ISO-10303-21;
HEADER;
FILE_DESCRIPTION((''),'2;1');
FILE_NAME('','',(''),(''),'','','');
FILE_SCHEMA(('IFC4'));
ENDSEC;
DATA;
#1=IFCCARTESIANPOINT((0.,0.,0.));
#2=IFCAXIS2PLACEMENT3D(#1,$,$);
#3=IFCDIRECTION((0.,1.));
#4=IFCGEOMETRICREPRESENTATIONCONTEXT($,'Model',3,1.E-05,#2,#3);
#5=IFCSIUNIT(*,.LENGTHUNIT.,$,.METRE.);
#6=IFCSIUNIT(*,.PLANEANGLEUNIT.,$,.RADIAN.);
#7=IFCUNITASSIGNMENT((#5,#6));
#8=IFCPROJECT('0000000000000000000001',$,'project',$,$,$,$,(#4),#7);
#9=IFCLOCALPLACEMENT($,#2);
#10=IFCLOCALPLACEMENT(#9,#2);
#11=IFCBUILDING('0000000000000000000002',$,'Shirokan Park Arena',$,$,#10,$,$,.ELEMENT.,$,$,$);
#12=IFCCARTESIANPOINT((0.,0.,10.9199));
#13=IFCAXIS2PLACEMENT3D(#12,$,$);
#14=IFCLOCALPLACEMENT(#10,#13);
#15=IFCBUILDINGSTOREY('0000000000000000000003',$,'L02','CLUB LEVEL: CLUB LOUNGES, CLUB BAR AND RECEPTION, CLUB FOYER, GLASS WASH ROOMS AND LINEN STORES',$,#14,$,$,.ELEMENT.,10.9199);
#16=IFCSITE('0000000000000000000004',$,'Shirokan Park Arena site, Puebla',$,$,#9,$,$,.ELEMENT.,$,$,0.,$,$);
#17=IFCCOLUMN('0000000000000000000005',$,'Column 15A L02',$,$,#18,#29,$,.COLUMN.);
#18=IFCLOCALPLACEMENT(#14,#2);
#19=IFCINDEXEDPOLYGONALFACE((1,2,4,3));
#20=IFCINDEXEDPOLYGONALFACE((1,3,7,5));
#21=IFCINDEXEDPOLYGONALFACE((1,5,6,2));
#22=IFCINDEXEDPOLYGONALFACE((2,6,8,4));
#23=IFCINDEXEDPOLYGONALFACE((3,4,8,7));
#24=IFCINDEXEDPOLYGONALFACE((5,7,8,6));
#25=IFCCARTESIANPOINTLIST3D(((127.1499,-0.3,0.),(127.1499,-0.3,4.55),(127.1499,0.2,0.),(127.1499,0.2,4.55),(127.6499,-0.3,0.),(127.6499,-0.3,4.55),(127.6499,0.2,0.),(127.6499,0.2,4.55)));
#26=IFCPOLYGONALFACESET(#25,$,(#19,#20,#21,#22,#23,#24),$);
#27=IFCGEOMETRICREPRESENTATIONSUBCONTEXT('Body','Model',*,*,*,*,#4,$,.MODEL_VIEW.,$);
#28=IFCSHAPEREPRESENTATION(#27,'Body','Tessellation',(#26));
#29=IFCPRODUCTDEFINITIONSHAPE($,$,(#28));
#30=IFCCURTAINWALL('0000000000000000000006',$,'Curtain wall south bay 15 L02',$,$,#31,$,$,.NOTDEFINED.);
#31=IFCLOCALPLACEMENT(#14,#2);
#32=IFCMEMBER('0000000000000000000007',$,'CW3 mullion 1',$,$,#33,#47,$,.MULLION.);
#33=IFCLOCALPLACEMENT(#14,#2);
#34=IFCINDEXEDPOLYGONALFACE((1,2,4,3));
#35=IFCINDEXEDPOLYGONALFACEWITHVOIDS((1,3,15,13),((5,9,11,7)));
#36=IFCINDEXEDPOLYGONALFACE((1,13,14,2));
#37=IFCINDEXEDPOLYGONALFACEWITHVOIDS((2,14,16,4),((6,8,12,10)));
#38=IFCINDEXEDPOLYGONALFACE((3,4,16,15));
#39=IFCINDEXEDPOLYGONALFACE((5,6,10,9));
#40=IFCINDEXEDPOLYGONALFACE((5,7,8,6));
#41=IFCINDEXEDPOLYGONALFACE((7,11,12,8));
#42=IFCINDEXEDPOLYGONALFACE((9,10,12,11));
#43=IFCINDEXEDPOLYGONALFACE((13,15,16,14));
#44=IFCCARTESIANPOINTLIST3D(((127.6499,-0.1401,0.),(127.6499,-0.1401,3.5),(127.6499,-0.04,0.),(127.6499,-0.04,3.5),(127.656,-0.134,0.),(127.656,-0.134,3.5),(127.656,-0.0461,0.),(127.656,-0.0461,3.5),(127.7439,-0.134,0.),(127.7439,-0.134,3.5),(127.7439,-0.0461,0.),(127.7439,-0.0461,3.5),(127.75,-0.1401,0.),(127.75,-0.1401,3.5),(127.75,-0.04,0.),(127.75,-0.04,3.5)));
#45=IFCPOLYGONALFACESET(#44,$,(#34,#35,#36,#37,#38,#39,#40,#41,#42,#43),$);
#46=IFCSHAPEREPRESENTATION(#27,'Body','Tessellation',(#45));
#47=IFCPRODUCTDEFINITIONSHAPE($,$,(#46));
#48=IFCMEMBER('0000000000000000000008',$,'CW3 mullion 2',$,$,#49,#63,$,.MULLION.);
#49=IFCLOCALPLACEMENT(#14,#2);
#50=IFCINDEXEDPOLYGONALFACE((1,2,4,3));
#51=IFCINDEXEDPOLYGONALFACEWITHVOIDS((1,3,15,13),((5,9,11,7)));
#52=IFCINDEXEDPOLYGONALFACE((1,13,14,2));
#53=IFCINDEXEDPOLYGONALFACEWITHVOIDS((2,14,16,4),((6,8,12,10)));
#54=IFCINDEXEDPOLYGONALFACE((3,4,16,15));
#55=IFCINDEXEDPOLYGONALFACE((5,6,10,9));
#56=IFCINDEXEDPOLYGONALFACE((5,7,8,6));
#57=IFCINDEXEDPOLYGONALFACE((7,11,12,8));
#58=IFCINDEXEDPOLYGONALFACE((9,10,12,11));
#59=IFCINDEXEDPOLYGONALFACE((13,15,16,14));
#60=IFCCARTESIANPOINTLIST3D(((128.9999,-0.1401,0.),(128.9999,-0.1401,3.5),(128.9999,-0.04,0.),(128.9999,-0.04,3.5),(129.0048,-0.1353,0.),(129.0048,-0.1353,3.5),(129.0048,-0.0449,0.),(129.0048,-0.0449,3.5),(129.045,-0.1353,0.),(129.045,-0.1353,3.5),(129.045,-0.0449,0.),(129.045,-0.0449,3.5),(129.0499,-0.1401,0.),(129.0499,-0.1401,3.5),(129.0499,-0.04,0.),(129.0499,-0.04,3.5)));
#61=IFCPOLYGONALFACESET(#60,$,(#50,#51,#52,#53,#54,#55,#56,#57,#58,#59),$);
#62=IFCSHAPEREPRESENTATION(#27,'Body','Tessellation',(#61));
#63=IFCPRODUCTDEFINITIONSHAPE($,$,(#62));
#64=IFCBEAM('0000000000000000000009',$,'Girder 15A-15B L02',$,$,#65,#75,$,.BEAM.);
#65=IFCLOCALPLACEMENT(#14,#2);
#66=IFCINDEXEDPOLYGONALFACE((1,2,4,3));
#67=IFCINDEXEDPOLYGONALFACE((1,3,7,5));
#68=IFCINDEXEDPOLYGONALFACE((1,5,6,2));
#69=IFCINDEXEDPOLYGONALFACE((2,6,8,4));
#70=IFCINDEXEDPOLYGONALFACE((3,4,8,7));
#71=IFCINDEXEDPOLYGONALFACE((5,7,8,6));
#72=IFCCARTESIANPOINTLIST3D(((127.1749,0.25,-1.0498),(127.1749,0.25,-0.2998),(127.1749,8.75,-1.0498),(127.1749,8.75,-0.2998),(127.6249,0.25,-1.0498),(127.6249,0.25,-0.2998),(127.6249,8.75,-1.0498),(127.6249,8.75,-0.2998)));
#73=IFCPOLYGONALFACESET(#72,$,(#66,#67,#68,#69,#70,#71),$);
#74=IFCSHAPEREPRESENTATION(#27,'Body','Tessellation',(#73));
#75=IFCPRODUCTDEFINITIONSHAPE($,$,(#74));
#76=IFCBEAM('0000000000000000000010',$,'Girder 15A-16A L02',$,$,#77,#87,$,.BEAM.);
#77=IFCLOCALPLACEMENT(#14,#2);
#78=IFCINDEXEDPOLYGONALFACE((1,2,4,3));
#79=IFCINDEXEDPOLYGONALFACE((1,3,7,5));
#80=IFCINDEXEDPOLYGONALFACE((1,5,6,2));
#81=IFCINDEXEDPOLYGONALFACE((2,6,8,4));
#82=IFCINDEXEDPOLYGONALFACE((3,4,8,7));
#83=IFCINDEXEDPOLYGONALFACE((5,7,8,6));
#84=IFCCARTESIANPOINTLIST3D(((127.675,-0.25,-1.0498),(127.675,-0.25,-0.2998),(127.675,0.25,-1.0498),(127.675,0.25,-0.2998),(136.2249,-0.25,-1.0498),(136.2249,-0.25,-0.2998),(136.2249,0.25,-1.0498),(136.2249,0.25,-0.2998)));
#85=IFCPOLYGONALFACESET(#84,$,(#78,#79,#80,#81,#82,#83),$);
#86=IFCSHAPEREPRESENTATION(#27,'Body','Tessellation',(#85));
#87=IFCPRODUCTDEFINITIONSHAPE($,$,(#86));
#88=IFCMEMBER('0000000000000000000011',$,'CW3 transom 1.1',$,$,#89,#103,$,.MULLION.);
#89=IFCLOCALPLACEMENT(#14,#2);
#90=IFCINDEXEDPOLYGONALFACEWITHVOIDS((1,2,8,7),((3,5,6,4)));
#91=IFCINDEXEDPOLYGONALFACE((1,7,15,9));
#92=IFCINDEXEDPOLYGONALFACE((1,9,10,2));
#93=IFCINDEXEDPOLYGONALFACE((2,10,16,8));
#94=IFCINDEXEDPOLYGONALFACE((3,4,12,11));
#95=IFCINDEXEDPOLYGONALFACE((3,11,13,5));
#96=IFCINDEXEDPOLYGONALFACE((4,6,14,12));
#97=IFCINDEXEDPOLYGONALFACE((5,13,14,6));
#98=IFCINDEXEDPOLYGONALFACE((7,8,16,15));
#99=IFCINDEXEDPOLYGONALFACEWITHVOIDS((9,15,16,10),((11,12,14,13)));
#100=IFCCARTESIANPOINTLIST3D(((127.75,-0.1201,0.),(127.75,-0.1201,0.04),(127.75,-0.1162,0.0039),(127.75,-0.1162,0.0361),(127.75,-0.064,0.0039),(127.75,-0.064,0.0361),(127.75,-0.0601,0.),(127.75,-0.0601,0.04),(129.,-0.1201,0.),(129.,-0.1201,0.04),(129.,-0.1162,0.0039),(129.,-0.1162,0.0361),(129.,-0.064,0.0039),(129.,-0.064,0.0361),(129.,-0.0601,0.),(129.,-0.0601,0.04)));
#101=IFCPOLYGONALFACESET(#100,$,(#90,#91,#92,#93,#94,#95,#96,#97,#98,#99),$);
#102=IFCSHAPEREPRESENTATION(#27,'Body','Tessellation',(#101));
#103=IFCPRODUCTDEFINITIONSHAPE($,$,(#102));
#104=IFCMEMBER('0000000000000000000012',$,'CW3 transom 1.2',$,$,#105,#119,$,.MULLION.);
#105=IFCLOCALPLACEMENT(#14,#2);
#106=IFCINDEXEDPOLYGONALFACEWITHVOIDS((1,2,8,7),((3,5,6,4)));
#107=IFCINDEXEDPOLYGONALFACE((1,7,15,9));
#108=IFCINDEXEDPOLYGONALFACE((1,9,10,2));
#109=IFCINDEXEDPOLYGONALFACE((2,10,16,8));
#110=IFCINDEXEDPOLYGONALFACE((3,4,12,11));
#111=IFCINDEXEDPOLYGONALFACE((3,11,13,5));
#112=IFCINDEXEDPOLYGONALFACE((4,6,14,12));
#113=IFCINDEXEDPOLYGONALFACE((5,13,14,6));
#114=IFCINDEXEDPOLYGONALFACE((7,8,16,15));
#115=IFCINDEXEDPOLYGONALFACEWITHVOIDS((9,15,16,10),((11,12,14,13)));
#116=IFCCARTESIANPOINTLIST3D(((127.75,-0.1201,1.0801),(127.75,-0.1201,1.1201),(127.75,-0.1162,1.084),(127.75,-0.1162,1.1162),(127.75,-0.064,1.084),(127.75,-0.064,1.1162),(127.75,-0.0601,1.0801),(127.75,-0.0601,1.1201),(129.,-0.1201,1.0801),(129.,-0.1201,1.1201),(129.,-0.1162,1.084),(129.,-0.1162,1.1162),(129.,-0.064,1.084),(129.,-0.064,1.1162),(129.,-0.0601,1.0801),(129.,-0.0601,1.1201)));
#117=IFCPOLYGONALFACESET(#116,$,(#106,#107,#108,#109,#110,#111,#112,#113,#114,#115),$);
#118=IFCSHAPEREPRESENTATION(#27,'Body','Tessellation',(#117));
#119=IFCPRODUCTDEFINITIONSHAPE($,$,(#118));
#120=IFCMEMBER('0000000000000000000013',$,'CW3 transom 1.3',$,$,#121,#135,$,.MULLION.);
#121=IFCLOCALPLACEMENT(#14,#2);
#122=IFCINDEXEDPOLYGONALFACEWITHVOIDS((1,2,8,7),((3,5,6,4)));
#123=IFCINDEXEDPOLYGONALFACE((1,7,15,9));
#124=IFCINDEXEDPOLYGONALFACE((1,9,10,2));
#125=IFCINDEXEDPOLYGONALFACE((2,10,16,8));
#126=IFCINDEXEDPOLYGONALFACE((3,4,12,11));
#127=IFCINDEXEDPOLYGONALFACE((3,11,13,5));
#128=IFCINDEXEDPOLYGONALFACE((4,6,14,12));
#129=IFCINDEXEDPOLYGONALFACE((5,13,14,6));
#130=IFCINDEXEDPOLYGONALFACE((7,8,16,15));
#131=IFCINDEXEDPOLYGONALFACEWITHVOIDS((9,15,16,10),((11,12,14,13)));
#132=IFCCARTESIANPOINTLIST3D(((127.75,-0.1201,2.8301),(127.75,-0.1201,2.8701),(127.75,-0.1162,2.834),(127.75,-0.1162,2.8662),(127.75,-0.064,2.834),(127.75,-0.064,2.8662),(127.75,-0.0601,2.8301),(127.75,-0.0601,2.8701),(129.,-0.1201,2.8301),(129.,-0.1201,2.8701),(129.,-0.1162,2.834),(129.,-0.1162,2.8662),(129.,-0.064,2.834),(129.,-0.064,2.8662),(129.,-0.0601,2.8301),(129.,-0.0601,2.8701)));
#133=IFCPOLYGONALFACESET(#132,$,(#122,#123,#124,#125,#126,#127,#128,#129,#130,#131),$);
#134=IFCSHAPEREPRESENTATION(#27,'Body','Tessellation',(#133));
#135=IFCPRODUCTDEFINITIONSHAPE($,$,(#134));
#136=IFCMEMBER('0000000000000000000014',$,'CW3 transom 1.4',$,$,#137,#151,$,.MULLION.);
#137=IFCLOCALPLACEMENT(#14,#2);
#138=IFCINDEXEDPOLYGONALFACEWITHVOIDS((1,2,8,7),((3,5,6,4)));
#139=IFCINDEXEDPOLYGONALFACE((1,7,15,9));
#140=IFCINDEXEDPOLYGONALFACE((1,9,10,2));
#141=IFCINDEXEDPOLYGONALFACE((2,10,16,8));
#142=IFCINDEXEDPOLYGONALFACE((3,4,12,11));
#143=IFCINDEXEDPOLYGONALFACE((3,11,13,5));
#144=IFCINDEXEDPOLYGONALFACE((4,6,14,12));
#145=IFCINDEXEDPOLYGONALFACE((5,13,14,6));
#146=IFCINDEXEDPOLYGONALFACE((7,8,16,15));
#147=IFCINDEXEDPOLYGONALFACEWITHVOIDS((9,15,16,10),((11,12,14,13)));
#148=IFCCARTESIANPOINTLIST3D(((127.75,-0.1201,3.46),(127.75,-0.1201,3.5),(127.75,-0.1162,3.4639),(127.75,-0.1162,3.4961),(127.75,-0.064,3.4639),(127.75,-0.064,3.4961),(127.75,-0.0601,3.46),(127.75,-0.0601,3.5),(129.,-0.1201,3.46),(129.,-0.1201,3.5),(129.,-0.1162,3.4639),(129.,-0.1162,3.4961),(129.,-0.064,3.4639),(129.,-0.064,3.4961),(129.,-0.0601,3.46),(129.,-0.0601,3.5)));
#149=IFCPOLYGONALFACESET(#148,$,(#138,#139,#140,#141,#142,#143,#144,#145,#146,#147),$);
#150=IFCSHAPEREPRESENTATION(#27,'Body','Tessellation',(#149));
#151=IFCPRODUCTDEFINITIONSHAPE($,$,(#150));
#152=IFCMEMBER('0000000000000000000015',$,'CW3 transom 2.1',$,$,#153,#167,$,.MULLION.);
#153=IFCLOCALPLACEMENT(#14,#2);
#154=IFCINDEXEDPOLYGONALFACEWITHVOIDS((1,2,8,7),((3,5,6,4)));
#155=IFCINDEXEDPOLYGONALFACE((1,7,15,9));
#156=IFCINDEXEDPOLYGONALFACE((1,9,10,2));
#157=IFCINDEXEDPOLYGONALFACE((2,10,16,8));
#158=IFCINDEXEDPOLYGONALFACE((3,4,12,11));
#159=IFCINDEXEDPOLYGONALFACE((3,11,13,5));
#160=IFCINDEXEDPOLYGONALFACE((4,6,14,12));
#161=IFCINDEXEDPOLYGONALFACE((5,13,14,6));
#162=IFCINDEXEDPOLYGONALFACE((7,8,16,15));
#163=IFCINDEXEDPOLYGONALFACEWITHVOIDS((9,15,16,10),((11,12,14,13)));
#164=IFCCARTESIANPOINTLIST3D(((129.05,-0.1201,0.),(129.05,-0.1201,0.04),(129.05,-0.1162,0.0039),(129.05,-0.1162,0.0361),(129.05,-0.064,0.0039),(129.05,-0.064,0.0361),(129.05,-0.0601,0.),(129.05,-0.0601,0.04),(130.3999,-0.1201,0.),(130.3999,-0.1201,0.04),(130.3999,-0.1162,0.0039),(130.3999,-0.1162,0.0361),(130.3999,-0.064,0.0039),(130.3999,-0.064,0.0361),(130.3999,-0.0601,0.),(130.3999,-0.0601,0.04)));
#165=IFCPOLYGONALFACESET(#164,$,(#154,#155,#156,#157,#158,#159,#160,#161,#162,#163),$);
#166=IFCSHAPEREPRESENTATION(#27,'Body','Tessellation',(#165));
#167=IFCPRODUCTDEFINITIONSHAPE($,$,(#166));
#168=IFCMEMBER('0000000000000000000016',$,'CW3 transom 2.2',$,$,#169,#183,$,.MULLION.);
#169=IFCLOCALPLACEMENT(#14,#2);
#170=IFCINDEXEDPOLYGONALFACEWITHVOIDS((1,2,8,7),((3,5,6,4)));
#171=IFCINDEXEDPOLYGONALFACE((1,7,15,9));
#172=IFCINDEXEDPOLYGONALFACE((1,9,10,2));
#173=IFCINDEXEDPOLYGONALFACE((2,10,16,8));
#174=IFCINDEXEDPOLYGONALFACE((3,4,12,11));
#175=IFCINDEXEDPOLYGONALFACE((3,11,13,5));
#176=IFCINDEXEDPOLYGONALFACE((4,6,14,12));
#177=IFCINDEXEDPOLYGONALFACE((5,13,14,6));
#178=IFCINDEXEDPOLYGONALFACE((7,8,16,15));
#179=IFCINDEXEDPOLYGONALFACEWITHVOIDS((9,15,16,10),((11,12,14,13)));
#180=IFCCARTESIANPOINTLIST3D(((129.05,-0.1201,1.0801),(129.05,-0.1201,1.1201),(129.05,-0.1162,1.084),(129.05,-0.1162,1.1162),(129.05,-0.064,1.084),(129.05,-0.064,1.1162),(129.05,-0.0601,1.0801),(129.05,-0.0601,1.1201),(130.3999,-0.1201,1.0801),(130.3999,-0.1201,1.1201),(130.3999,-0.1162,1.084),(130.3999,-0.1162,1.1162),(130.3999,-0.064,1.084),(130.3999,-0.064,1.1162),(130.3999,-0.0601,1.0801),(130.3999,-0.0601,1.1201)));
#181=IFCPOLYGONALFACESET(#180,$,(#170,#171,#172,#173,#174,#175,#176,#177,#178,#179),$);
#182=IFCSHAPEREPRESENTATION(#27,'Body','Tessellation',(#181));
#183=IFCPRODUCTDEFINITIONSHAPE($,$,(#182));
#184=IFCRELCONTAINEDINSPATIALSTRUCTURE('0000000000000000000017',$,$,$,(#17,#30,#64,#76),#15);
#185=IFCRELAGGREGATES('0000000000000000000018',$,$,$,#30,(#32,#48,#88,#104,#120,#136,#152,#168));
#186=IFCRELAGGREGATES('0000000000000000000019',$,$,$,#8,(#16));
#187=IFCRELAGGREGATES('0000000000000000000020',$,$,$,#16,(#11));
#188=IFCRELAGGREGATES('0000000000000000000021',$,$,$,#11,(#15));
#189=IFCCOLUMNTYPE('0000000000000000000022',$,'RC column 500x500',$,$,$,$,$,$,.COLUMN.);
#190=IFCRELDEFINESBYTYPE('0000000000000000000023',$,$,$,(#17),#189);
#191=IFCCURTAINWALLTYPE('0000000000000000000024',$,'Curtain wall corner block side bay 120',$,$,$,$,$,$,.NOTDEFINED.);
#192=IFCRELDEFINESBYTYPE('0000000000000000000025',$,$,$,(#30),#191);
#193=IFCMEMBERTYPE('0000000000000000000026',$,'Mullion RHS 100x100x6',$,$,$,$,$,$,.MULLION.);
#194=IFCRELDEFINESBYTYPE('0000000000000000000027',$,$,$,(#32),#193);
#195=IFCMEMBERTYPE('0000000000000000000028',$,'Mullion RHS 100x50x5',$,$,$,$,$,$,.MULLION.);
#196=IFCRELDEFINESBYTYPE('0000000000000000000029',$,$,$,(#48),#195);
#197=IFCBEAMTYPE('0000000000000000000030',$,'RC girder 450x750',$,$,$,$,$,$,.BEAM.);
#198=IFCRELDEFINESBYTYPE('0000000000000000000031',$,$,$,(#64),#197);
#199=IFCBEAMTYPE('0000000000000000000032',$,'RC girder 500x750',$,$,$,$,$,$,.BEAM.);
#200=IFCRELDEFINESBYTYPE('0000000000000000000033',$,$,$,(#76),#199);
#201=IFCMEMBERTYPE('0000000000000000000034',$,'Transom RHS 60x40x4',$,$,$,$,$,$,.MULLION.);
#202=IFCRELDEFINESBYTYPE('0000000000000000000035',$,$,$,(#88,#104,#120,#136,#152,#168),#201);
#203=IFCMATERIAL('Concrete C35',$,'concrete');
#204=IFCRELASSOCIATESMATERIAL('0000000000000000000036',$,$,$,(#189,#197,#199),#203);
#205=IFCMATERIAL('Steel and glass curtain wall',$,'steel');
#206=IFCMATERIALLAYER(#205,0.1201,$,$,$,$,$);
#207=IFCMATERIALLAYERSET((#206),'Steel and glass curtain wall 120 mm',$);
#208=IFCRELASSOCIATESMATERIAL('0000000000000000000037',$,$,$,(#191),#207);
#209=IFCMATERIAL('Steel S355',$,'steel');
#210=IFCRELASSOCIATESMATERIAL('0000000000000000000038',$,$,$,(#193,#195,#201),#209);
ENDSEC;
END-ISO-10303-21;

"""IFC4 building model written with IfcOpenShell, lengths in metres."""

from ifc_helpers import new_model, si_unit, direction, frame, origin, origin_2d, place, context, subcontext, project, spatial, rectangle, hollow_rectangle, extrude, material, layer, layer_set, material_profile, profile_set, type_object, element, aggregate, save


model = new_model("IFC4")

# Units and contexts
model_context = context("Model", 3, precision=1e-05, world=origin(), true_north=direction((0.0, 1.0)))
body_context = subcontext(model_context, "Body", "Model", "MODEL_VIEW")
ifc_project = project(units=[si_unit("LENGTHUNIT", "METRE"), si_unit("PLANEANGLEUNIT", "RADIAN")], contexts=[model_context])

# Site, building, storey
site_placement = place(None, origin())
site = spatial("IfcSite", under=ifc_project, at=site_placement, Name="Shirokan Park Arena site, Puebla", CompositionType="ELEMENT", RefElevation=0.0)
building_placement = place(site_placement, origin())
building = spatial("IfcBuilding", under=site, at=building_placement, Name="Shirokan Park Arena", CompositionType="ELEMENT")
storey_placement = place(building_placement, frame((0.0, 0.0, 10.9199)))
storey = spatial("IfcBuildingStorey", under=building, at=storey_placement, Name="L02", Description="CLUB LEVEL: CLUB LOUNGES, CLUB BAR AND RECEPTION, CLUB FOYER, GLASS WASH ROOMS AND LINEN STORES", CompositionType="ELEMENT", Elevation=10.9199)

# Column
ifc_material_1 = material(Name="Concrete C35", Category="concrete")
ifc_material_profile_1 = material_profile(ifc_material_1, rectangle(XDim=0.5, YDim=0.5, at=origin_2d()), Name="500x500")
ifc_profile_set_1 = profile_set([ifc_material_profile_1], Name="Concrete C35")
column_type = type_object("IfcColumnType", Name="RC column 500x500", PredefinedType="COLUMN", material=ifc_profile_set_1)
column_placement = place(storey_placement, frame((127.3999, -0.05, 0.0), z_axis=(0.0, 0.0, 1.0), x_axis=(1.0, 0.0, 0.0)))
element("IfcColumn", 1, at=column_placement, inside=storey, type_object=column_type, Name="Column 15A L02", PredefinedType="COLUMN", context=body_context, shape_type="SweptSolid", body=[
    extrude(rectangle(XDim=0.5, YDim=0.5, at=origin_2d()), origin(), (0.0, 0.0, 1.0), 4.55),
])

# Curtain wall, members
ifc_material_2 = material(Name="Steel and glass curtain wall", Category="steel")
ifc_layer_1 = layer(ifc_material_2, 0.1201)
ifc_layer_set_1 = layer_set([ifc_layer_1], Name="Steel and glass curtain wall 120 mm")
curtain_wall_type = type_object("IfcCurtainWallType", Name="Curtain wall corner block side bay 120", PredefinedType="NOTDEFINED", material=ifc_layer_set_1)
curtain_wall_placement = place(storey_placement, origin())
curtain_wall = element("IfcCurtainWall", 2, at=curtain_wall_placement, inside=storey, type_object=curtain_wall_type, Name="Curtain wall south bay 15 L02", PredefinedType="NOTDEFINED")
ifc_material_3 = material(Name="Steel S355", Category="steel")
ifc_material_profile_2 = material_profile(ifc_material_3, hollow_rectangle(XDim=0.1001, YDim=0.1001, WallThickness=0.0061, at=origin_2d()), Name="RHS 100x100x6")
ifc_profile_set_2 = profile_set([ifc_material_profile_2], Name="Steel S355")
member_type_1 = type_object("IfcMemberType", Name="Mullion RHS 100x100x6", PredefinedType="MULLION", material=ifc_profile_set_2)
member_1_placement = place(storey_placement, frame((127.7, -0.0901, 0.0), z_axis=(0.0, 0.0, 1.0), x_axis=(0.0, 1.0, 0.0)))
member_1 = element("IfcMember", 3, at=member_1_placement, type_object=member_type_1, Name="CW3 mullion 1", PredefinedType="MULLION", context=body_context, shape_type="SweptSolid", body=[
    extrude(hollow_rectangle(XDim=0.1001, YDim=0.1001, WallThickness=0.0061, at=origin_2d()), origin(), (0.0, 0.0, 1.0), 3.5),
])
ifc_material_profile_3 = material_profile(ifc_material_3, hollow_rectangle(XDim=0.1001, YDim=0.05, WallThickness=0.0049, at=origin_2d()), Name="RHS 100x50x5")
ifc_profile_set_3 = profile_set([ifc_material_profile_3], Name="Steel S355")
member_type_2 = type_object("IfcMemberType", Name="Mullion RHS 100x50x5", PredefinedType="MULLION", material=ifc_profile_set_3)
member_2_placement = place(storey_placement, frame((129.0249, -0.0901, 0.0), z_axis=(0.0, 0.0, 1.0), x_axis=(0.0, 1.0, 0.0)))
member_2 = element("IfcMember", 4, at=member_2_placement, type_object=member_type_2, Name="CW3 mullion 2", PredefinedType="MULLION", context=body_context, shape_type="SweptSolid", body=[
    extrude(hollow_rectangle(XDim=0.1001, YDim=0.05, WallThickness=0.0049, at=origin_2d()), origin(), (0.0, 0.0, 1.0), 3.5),
])

# Beams
ifc_material_profile_4 = material_profile(ifc_material_1, rectangle(XDim=0.45, YDim=0.75, at=origin_2d()), Name="450x750")
ifc_profile_set_4 = profile_set([ifc_material_profile_4], Name="Concrete C35")
beam_type_1 = type_object("IfcBeamType", Name="RC girder 450x750", PredefinedType="BEAM", material=ifc_profile_set_4)
beam_1_placement = place(storey_placement, frame((127.3999, 0.25, -0.6748), z_axis=(0.0, 1.0, 0.0), x_axis=(-1.0, 0.0, 0.0)))
element("IfcBeam", 5, at=beam_1_placement, inside=storey, type_object=beam_type_1, Name="Girder 15A-15B L02", PredefinedType="BEAM", context=body_context, shape_type="SweptSolid", body=[
    extrude(rectangle(XDim=0.45, YDim=0.75, at=origin_2d()), origin(), (0.0, 0.0, 1.0), 8.5),
])
ifc_material_profile_5 = material_profile(ifc_material_1, rectangle(XDim=0.5, YDim=0.75, at=origin_2d()), Name="500x750")
ifc_profile_set_5 = profile_set([ifc_material_profile_5], Name="Concrete C35")
beam_type_2 = type_object("IfcBeamType", Name="RC girder 500x750", PredefinedType="BEAM", material=ifc_profile_set_5)
beam_2_placement = place(storey_placement, frame((127.675, 0.0, -0.6748), z_axis=(1.0, 0.0, 0.0), x_axis=(0.0, 1.0, 0.0)))
element("IfcBeam", 6, at=beam_2_placement, inside=storey, type_object=beam_type_2, Name="Girder 15A-16A L02", PredefinedType="BEAM", context=body_context, shape_type="SweptSolid", body=[
    extrude(rectangle(XDim=0.5, YDim=0.75, at=origin_2d()), origin(), (0.0, 0.0, 1.0), 8.5498),
])

# Members
ifc_material_profile_6 = material_profile(ifc_material_3, hollow_rectangle(XDim=0.0601, YDim=0.04, WallThickness=0.0039, at=origin_2d()), Name="RHS 60x40x4")
ifc_profile_set_6 = profile_set([ifc_material_profile_6], Name="Steel S355")
member_type_3 = type_object("IfcMemberType", Name="Transom RHS 60x40x4", PredefinedType="MULLION", material=ifc_profile_set_6)
member_3_placement = place(storey_placement, frame((127.75, -0.0901, 0.02), z_axis=(1.0, 0.0, 0.0), x_axis=(0.0, 1.0, 0.0)))
member_3 = element("IfcMember", 7, at=member_3_placement, type_object=member_type_3, Name="CW3 transom 1.1", PredefinedType="MULLION", context=body_context, shape_type="SweptSolid", body=[
    extrude(hollow_rectangle(XDim=0.0601, YDim=0.04, WallThickness=0.0039, at=origin_2d()), origin(), (0.0, 0.0, 1.0), 1.25),
])
member_4_placement = place(storey_placement, frame((127.75, -0.0901, 1.1001), z_axis=(1.0, 0.0, 0.0), x_axis=(0.0, 1.0, 0.0)))
member_4 = element("IfcMember", 8, at=member_4_placement, type_object=member_type_3, Name="CW3 transom 1.2", PredefinedType="MULLION", context=body_context, shape_type="SweptSolid", body=[
    extrude(hollow_rectangle(XDim=0.0601, YDim=0.04, WallThickness=0.0039, at=origin_2d()), origin(), (0.0, 0.0, 1.0), 1.25),
])
member_5_placement = place(storey_placement, frame((127.75, -0.0901, 2.8501), z_axis=(1.0, 0.0, 0.0), x_axis=(0.0, 1.0, 0.0)))
member_5 = element("IfcMember", 9, at=member_5_placement, type_object=member_type_3, Name="CW3 transom 1.3", PredefinedType="MULLION", context=body_context, shape_type="SweptSolid", body=[
    extrude(hollow_rectangle(XDim=0.0601, YDim=0.04, WallThickness=0.0039, at=origin_2d()), origin(), (0.0, 0.0, 1.0), 1.25),
])
member_6_placement = place(storey_placement, frame((127.75, -0.0901, 3.48), z_axis=(1.0, 0.0, 0.0), x_axis=(0.0, 1.0, 0.0)))
member_6 = element("IfcMember", 10, at=member_6_placement, type_object=member_type_3, Name="CW3 transom 1.4", PredefinedType="MULLION", context=body_context, shape_type="SweptSolid", body=[
    extrude(hollow_rectangle(XDim=0.0601, YDim=0.04, WallThickness=0.0039, at=origin_2d()), origin(), (0.0, 0.0, 1.0), 1.25),
])
member_7_placement = place(storey_placement, frame((129.05, -0.0901, 0.02), z_axis=(1.0, 0.0, 0.0), x_axis=(0.0, 1.0, 0.0)))
member_7 = element("IfcMember", 11, at=member_7_placement, type_object=member_type_3, Name="CW3 transom 2.1", PredefinedType="MULLION", context=body_context, shape_type="SweptSolid", body=[
    extrude(hollow_rectangle(XDim=0.0601, YDim=0.04, WallThickness=0.0039, at=origin_2d()), origin(), (0.0, 0.0, 1.0), 1.3499),
])
member_8_placement = place(storey_placement, frame((129.05, -0.0901, 1.1001), z_axis=(1.0, 0.0, 0.0), x_axis=(0.0, 1.0, 0.0)))
member_8 = element("IfcMember", 12, at=member_8_placement, type_object=member_type_3, Name="CW3 transom 2.2", PredefinedType="MULLION", context=body_context, shape_type="SweptSolid", body=[
    extrude(hollow_rectangle(XDim=0.0601, YDim=0.04, WallThickness=0.0039, at=origin_2d()), origin(), (0.0, 0.0, 1.0), 1.3499),
])

aggregate(curtain_wall, [member_1, member_2, member_3, member_4, member_5, member_6, member_7, member_8])

save(model, "model.ifc")
